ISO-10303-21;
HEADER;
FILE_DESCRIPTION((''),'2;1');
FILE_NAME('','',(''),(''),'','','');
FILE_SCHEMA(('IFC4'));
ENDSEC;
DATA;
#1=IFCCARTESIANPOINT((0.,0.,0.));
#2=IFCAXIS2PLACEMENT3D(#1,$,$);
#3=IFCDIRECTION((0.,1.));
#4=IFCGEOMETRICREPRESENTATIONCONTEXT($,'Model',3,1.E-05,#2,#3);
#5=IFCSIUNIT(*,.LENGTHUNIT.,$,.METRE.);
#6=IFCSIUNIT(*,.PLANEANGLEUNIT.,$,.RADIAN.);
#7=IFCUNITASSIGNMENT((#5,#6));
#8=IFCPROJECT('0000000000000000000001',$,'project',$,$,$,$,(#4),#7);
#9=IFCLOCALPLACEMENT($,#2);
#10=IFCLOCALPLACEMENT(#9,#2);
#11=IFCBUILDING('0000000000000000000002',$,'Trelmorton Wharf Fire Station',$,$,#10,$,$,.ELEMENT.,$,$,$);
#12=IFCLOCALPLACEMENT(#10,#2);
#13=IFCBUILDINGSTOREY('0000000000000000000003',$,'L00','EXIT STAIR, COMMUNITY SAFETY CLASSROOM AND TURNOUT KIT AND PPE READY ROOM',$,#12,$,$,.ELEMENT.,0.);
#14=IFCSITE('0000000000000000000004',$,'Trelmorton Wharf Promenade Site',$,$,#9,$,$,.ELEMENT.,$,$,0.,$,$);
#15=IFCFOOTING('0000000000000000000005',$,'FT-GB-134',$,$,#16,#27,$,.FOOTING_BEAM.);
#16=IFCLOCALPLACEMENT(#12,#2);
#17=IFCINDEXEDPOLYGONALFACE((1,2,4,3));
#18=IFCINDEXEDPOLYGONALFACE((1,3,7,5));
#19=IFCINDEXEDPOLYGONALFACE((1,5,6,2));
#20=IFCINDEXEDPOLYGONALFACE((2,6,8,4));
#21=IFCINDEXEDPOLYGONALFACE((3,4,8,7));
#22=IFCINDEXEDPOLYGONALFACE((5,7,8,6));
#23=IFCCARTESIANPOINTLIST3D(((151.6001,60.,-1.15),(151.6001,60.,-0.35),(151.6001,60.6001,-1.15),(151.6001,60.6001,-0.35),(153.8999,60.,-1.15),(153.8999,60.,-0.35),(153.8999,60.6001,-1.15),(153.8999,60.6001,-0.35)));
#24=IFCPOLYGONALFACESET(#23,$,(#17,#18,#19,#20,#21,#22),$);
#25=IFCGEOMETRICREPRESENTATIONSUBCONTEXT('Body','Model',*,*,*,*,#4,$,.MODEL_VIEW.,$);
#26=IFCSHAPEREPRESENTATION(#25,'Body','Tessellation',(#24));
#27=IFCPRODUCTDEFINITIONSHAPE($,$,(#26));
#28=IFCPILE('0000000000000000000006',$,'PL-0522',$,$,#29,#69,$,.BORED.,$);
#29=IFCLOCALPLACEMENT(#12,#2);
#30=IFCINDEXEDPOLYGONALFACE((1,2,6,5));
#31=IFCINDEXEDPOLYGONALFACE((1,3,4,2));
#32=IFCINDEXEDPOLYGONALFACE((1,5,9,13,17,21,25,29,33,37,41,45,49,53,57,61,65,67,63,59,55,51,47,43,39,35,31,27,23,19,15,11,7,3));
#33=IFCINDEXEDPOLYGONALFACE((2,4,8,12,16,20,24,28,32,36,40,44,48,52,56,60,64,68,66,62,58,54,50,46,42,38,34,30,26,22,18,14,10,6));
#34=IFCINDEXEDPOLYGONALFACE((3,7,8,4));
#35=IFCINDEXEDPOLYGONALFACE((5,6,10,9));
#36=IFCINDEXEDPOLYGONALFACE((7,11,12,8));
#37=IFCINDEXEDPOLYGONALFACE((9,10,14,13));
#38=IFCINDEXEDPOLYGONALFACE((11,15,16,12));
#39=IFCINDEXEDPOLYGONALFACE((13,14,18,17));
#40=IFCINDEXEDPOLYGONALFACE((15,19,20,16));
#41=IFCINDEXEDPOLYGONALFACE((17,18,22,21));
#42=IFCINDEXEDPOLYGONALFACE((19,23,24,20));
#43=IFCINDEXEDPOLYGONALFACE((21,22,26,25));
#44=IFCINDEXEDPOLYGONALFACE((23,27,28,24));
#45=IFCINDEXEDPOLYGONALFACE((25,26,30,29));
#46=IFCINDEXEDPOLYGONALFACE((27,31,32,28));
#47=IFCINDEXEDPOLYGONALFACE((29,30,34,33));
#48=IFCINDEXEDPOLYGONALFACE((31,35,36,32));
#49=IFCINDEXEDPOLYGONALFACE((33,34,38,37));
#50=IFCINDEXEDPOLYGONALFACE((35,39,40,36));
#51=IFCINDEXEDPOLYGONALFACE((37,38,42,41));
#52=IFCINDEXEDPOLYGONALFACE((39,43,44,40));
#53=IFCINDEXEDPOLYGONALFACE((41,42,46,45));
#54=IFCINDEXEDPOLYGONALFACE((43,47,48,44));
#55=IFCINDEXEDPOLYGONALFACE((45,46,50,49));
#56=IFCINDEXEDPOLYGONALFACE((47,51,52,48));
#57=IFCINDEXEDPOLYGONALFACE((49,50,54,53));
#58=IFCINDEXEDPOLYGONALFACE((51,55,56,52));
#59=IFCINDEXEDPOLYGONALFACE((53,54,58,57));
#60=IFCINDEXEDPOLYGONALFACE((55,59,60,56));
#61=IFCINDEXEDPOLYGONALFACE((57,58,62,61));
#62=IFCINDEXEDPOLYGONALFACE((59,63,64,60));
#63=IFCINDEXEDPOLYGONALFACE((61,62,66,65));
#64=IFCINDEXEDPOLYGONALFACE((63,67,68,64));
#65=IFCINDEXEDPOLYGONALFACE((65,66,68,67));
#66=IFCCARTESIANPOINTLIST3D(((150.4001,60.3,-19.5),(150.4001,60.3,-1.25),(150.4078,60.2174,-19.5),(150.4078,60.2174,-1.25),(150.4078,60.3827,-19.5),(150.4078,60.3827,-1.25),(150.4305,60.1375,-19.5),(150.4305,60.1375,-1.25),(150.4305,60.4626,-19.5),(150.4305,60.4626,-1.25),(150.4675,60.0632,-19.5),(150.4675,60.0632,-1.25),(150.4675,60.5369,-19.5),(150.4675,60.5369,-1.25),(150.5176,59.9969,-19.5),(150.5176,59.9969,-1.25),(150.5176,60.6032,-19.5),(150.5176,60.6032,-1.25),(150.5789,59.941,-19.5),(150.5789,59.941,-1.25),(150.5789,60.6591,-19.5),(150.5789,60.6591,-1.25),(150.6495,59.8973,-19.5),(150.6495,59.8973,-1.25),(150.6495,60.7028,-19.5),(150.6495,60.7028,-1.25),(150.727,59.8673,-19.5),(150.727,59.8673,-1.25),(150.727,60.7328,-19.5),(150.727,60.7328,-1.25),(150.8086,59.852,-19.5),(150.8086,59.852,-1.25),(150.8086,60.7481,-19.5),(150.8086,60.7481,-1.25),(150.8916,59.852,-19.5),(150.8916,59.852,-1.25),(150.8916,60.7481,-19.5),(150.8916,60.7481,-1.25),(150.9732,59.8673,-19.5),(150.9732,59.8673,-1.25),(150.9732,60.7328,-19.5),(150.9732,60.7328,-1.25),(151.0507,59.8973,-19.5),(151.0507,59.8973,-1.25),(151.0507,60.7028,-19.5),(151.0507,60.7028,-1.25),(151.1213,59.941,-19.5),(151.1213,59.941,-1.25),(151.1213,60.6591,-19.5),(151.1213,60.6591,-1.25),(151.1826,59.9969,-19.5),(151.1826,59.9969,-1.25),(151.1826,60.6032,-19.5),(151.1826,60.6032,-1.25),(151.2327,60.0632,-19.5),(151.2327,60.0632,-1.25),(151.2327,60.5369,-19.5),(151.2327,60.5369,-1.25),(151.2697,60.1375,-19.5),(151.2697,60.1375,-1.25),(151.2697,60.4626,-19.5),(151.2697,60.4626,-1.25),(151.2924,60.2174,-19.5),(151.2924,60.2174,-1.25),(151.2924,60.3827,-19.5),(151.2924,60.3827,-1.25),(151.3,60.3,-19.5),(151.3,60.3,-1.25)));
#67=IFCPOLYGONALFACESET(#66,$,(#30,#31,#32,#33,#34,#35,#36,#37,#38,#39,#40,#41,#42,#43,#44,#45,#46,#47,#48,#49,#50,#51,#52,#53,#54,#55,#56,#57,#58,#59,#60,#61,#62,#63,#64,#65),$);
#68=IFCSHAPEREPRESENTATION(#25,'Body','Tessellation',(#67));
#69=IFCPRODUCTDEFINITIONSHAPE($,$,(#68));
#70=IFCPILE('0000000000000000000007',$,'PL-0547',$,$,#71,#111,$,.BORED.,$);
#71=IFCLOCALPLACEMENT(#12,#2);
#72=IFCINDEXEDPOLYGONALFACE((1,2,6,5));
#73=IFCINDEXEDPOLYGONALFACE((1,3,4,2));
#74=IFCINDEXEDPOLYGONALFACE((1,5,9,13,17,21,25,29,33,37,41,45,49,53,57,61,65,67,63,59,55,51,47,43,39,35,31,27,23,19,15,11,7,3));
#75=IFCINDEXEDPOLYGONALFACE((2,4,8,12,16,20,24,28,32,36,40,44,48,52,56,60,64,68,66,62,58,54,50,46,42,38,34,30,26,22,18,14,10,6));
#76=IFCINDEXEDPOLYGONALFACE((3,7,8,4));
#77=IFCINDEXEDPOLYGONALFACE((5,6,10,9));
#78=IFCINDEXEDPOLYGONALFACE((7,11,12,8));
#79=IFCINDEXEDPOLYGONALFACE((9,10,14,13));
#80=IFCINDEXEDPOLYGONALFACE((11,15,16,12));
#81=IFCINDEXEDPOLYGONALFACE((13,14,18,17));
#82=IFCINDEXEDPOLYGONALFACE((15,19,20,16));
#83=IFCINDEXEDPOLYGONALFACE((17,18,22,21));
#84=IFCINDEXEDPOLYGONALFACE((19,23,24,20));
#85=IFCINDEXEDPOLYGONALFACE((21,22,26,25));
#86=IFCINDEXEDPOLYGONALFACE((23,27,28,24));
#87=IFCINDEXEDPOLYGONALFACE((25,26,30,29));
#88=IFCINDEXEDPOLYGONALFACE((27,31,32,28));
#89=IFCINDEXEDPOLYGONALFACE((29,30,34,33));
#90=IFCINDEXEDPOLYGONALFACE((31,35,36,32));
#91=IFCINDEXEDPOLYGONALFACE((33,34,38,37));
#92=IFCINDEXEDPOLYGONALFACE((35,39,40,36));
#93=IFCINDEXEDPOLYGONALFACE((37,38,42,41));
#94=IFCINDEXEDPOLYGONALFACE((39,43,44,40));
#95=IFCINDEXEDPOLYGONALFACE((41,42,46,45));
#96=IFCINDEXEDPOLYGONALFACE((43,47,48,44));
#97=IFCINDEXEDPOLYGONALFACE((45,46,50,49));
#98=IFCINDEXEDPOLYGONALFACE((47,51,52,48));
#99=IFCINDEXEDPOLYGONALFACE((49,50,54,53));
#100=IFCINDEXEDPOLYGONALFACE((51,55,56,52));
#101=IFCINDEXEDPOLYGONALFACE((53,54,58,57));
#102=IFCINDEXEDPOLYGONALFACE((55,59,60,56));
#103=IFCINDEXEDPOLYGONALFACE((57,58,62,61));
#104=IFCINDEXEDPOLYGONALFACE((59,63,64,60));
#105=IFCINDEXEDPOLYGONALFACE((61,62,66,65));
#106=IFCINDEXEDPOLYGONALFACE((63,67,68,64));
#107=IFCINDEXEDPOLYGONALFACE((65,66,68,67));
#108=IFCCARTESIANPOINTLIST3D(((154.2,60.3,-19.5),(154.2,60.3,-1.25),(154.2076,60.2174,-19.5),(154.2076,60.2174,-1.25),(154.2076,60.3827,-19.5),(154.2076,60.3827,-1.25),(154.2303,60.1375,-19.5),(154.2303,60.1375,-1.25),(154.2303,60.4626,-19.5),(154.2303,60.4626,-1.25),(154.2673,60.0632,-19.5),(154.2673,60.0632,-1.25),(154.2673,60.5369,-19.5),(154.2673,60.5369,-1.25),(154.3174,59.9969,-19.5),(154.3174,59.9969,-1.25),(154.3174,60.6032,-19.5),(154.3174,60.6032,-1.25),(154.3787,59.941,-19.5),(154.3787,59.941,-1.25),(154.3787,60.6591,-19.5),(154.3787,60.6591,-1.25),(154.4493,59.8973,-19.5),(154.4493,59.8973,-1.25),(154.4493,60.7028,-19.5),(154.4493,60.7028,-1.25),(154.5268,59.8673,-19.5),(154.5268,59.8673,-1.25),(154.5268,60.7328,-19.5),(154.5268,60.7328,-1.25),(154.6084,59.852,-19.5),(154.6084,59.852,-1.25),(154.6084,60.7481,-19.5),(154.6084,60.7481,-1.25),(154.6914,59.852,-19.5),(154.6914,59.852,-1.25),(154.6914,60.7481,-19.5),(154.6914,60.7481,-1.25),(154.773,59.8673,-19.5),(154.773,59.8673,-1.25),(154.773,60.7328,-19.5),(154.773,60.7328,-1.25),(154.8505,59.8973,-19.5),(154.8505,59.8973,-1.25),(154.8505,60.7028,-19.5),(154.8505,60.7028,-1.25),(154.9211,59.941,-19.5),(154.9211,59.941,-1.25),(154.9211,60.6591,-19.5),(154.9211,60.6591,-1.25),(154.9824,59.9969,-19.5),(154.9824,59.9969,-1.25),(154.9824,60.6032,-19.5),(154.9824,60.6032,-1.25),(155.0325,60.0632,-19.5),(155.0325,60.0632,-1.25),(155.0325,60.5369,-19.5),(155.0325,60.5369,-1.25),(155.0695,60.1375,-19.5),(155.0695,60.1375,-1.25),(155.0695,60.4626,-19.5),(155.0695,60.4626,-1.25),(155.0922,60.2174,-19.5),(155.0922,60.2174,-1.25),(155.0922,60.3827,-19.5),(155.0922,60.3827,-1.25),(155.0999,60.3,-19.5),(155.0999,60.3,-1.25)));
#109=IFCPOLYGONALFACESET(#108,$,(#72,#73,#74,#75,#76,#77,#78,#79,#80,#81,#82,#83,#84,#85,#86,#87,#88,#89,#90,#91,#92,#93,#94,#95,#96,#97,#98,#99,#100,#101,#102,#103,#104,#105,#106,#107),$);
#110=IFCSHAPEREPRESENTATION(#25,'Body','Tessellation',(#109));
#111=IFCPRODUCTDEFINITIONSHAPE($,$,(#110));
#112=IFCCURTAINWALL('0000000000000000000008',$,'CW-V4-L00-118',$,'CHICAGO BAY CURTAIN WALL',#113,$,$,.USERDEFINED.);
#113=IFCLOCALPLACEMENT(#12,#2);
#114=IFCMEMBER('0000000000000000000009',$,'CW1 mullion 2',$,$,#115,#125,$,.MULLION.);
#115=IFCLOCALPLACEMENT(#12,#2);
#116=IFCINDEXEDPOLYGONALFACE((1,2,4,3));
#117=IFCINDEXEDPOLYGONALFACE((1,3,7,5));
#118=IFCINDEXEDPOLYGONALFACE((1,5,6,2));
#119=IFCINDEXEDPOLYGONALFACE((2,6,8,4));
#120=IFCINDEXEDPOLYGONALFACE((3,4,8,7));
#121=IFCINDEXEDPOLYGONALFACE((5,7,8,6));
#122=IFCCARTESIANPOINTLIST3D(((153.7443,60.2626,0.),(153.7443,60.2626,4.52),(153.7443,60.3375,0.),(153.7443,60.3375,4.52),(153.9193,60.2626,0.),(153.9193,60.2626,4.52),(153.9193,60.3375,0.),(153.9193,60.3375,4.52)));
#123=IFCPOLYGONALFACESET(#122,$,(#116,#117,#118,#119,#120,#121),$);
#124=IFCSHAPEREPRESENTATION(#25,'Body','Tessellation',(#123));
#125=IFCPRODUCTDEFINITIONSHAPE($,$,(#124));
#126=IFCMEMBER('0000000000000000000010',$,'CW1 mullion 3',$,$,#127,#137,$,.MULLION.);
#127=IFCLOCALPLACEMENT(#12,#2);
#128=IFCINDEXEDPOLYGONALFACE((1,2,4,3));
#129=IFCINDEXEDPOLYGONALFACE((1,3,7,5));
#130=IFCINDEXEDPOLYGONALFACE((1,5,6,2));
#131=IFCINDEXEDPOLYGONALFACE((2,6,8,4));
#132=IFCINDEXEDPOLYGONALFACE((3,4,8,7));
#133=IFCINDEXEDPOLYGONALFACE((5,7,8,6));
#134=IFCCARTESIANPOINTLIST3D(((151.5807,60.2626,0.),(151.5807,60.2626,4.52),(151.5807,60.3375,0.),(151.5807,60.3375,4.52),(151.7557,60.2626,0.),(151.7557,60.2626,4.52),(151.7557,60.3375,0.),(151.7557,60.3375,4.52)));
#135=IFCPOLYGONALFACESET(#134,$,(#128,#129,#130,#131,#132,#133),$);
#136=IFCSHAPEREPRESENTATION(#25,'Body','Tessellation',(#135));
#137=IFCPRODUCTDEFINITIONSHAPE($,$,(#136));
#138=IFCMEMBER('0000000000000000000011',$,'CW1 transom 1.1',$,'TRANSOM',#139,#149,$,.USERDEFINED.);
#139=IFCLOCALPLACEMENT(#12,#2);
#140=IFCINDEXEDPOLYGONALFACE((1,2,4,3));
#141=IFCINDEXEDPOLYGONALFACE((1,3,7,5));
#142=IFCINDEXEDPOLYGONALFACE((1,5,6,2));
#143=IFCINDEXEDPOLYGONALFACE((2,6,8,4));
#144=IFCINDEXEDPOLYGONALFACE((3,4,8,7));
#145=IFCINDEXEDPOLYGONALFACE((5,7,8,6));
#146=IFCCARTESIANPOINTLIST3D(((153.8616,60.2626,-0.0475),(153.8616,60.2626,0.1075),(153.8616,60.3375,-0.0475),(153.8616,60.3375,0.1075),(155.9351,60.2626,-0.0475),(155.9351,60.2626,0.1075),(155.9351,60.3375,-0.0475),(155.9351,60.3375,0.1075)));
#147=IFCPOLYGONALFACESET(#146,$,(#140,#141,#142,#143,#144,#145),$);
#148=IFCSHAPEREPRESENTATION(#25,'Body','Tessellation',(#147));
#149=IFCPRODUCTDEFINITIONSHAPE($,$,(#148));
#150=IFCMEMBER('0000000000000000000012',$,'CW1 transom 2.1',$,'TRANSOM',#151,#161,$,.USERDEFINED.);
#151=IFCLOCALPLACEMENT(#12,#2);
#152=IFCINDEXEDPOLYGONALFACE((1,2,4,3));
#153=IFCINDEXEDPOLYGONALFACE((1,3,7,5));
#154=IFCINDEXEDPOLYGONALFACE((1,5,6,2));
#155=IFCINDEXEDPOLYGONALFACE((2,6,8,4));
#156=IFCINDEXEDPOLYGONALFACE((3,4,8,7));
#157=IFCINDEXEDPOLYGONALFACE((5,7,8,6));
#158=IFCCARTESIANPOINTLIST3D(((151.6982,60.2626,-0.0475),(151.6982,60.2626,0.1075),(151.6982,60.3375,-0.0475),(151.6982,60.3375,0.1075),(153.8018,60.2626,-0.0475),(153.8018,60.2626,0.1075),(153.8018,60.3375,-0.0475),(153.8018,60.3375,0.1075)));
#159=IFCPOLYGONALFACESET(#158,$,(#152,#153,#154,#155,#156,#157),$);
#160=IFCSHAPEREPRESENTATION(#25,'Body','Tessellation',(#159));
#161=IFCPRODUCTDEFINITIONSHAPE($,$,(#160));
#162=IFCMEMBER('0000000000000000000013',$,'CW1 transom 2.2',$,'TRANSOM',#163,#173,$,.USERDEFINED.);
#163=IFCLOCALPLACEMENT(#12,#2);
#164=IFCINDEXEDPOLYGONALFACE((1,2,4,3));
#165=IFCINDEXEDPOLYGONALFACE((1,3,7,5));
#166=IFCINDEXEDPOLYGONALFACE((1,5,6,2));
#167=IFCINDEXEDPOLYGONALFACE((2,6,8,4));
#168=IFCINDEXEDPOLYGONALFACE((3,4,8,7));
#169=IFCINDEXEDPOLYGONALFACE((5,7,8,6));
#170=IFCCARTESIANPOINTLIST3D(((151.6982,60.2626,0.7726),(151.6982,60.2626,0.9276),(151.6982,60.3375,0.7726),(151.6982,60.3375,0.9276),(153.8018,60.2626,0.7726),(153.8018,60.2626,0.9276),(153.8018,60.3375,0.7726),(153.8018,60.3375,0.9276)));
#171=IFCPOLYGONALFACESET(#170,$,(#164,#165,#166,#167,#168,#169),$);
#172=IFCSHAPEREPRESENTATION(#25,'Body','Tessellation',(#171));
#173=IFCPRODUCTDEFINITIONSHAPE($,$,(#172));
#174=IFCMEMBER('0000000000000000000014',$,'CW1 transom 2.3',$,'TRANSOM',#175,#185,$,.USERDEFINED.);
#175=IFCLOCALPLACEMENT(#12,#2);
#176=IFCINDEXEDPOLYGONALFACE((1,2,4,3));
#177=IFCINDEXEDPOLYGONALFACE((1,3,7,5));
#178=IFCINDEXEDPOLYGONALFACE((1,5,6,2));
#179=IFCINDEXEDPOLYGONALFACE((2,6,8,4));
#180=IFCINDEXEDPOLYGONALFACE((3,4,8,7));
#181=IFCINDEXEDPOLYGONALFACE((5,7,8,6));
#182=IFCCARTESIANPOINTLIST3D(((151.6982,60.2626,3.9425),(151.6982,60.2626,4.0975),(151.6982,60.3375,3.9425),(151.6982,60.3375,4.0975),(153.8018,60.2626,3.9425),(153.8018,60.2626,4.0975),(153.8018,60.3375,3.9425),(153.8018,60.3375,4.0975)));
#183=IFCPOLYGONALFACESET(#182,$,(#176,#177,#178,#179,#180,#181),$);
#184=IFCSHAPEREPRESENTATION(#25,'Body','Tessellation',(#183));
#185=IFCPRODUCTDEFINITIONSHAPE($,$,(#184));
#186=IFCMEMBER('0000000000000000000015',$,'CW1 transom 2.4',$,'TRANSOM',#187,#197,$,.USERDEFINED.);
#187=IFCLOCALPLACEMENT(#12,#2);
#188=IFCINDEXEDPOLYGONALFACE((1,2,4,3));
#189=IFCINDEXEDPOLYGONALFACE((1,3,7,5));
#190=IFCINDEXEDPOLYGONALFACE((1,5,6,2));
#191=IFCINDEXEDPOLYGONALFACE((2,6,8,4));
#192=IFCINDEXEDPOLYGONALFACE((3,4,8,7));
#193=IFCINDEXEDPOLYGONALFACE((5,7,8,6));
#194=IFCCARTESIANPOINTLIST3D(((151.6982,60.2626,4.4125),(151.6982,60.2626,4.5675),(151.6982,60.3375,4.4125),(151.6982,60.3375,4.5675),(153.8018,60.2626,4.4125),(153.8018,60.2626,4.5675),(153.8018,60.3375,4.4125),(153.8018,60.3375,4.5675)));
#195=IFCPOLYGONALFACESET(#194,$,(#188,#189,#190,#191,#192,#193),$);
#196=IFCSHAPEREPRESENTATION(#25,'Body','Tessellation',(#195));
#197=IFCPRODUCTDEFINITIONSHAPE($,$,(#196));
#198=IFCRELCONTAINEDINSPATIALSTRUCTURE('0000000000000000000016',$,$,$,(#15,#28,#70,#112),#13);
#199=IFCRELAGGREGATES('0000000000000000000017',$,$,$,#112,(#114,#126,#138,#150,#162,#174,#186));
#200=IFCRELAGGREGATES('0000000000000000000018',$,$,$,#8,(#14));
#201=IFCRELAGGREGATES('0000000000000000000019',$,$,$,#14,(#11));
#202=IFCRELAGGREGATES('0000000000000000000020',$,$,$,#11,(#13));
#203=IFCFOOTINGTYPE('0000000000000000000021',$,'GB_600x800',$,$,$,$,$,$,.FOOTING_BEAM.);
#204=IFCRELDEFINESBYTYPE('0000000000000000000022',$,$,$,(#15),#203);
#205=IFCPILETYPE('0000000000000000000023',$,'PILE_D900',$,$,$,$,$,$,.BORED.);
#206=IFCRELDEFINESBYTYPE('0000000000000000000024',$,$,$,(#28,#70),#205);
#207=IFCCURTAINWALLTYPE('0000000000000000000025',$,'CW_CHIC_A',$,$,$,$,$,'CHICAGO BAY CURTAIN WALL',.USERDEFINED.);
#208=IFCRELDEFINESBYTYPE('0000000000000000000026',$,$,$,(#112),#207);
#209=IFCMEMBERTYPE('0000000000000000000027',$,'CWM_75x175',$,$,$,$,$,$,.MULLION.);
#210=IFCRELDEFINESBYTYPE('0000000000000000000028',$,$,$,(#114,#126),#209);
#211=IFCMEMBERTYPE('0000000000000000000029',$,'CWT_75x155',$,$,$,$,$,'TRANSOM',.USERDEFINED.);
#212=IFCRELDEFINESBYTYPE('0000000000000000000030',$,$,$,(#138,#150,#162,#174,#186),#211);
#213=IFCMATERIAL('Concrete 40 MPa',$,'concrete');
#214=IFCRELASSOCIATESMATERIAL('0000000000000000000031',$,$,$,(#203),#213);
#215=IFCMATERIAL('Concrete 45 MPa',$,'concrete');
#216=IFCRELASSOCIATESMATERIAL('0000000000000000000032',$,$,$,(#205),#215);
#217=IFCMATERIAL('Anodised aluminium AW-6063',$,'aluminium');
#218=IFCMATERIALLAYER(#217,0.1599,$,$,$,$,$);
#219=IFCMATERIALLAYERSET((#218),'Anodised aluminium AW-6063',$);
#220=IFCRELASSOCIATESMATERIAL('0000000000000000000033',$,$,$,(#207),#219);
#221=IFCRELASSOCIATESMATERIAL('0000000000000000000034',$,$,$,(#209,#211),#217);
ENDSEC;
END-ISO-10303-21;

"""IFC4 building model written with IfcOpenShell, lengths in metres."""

from ifc_helpers import new_model, si_unit, direction, frame, origin, origin_2d, place, context, subcontext, project, spatial, rectangle, circle, extrude, material, layer, layer_set, material_profile, profile_set, type_object, element, aggregate, save


model = new_model("IFC4")

# Units and contexts
model_context = context("Model", 3, precision=1e-05, world=origin(), true_north=direction((0.0, 1.0)))
body_context = subcontext(model_context, "Body", "Model", "MODEL_VIEW")
ifc_project = project(units=[si_unit("LENGTHUNIT", "METRE"), si_unit("PLANEANGLEUNIT", "RADIAN")], contexts=[model_context])

# Site, building, storey
site_placement = place(None, origin())
site = spatial("IfcSite", under=ifc_project, at=site_placement, Name="Trelmorton Wharf Promenade Site", CompositionType="ELEMENT", RefElevation=0.0)
building_placement = place(site_placement, origin())
building = spatial("IfcBuilding", under=site, at=building_placement, Name="Trelmorton Wharf Fire Station", CompositionType="ELEMENT")
storey_placement = place(building_placement, origin())
storey = spatial("IfcBuildingStorey", under=building, at=storey_placement, Name="L00", Description="EXIT STAIR, COMMUNITY SAFETY CLASSROOM AND TURNOUT KIT AND PPE READY ROOM", CompositionType="ELEMENT", Elevation=0.0)

# Footing
ifc_material_1 = material(Name="Concrete 40 MPa", Category="concrete")
ifc_material_profile_1 = material_profile(ifc_material_1, rectangle(XDim=0.6001, YDim=0.8, at=origin_2d()), Name="RC600x800")
ifc_profile_set_1 = profile_set([ifc_material_profile_1], Name="Concrete 40 MPa")
footing_type = type_object("IfcFootingType", Name="GB_600x800", PredefinedType="FOOTING_BEAM", material=ifc_profile_set_1)
footing_placement = place(storey_placement, frame((151.6001, 60.3, -0.75), z_axis=(1.0, 0.0, 0.0), x_axis=(0.0, 1.0, 0.0)))
element("IfcFooting", 1, at=footing_placement, inside=storey, type_object=footing_type, Name="FT-GB-134", PredefinedType="FOOTING_BEAM", context=body_context, shape_type="SweptSolid", body=[
    extrude(rectangle(XDim=0.6001, YDim=0.8, at=origin_2d()), origin(), (0.0, 0.0, 1.0), 2.2998),
])

# Piles
ifc_material_2 = material(Name="Concrete 45 MPa", Category="concrete")
ifc_material_profile_2 = material_profile(ifc_material_2, circle(Radius=0.45, at=origin_2d()), Name="PILE-D900")
ifc_profile_set_2 = profile_set([ifc_material_profile_2], Name="Concrete 45 MPa")
pile_type = type_object("IfcPileType", Name="PILE_D900", PredefinedType="BORED", material=ifc_profile_set_2)
for number, where, z_axis, x_axis, name in (
    (2, (150.8501, 60.3, -1.25), (0.0, 0.0, -1.0), (1.0, 0.0, 0.0), "PL-0522"),
    (3, (154.6499, 60.3, -1.25), (0.0, 0.0, -1.0), (1.0, 0.0, 0.0), "PL-0547"),
):
    element("IfcPile", number, at=place(storey_placement, frame(where, z_axis=z_axis, x_axis=x_axis)), inside=storey, type_object=pile_type, Name=name, PredefinedType="BORED", context=body_context, shape_type="SweptSolid", body=[
        extrude(circle(Radius=0.45, at=origin_2d()), origin(), (0.0, 0.0, 1.0), 18.25),
    ])

# Curtain wall, members
ifc_material_3 = material(Name="Anodised aluminium AW-6063", Category="aluminium")
ifc_layer_1 = layer(ifc_material_3, 0.1599)
ifc_layer_set_1 = layer_set([ifc_layer_1], Name="Anodised aluminium AW-6063")
curtain_wall_type = type_object("IfcCurtainWallType", Name="CW_CHIC_A", ElementType="CHICAGO BAY CURTAIN WALL", PredefinedType="USERDEFINED", material=ifc_layer_set_1)
curtain_wall_placement = place(storey_placement, origin())
curtain_wall = element("IfcCurtainWall", 4, at=curtain_wall_placement, inside=storey, type_object=curtain_wall_type, Name="CW-V4-L00-118", ObjectType="CHICAGO BAY CURTAIN WALL", PredefinedType="USERDEFINED")
ifc_material_profile_3 = material_profile(ifc_material_3, rectangle(XDim=0.075, YDim=0.175, at=origin_2d()), Name="ALU-75x175")
ifc_profile_set_3 = profile_set([ifc_material_profile_3], Name="Anodised aluminium AW-6063")
member_type_1 = type_object("IfcMemberType", Name="CWM_75x175", PredefinedType="MULLION", material=ifc_profile_set_3)
member_1_placement = place(storey_placement, frame((153.8318, 60.3, 0.0), z_axis=(0.0, 0.0, 1.0), x_axis=(0.0, -1.0, 0.0)))
member_1 = element("IfcMember", 5, at=member_1_placement, type_object=member_type_1, Name="CW1 mullion 2", PredefinedType="MULLION", context=body_context, shape_type="SweptSolid", body=[
    extrude(rectangle(XDim=0.075, YDim=0.175, at=origin_2d()), origin(), (0.0, 0.0, 1.0), 4.52),
])
member_2_placement = place(storey_placement, frame((151.6682, 60.3, 0.0), z_axis=(0.0, 0.0, 1.0), x_axis=(0.0, -1.0, 0.0)))
member_2 = element("IfcMember", 6, at=member_2_placement, type_object=member_type_1, Name="CW1 mullion 3", PredefinedType="MULLION", context=body_context, shape_type="SweptSolid", body=[
    extrude(rectangle(XDim=0.075, YDim=0.175, at=origin_2d()), origin(), (0.0, 0.0, 1.0), 4.52),
])
ifc_material_profile_4 = material_profile(ifc_material_3, rectangle(XDim=0.075, YDim=0.155, at=origin_2d()), Name="ALU-75x155")
ifc_profile_set_4 = profile_set([ifc_material_profile_4], Name="Anodised aluminium AW-6063")
member_type_2 = type_object("IfcMemberType", Name="CWT_75x155", ElementType="TRANSOM", PredefinedType="USERDEFINED", material=ifc_profile_set_4)
member_3_placement = place(storey_placement, frame((155.9351, 60.3, 0.03), z_axis=(-1.0, 0.0, 0.0), x_axis=(0.0, -1.0, 0.0)))
member_3 = element("IfcMember", 7, at=member_3_placement, type_object=member_type_2, Name="CW1 transom 1.1", ObjectType="TRANSOM", PredefinedType="USERDEFINED", context=body_context, shape_type="SweptSolid", body=[
    extrude(rectangle(XDim=0.075, YDim=0.155, at=origin_2d()), origin(), (0.0, 0.0, 1.0), 2.0735),
])
member_4_placement = place(storey_placement, frame((153.8018, 60.3, 0.03), z_axis=(-1.0, 0.0, 0.0), x_axis=(0.0, -1.0, 0.0)))
member_4 = element("IfcMember", 8, at=member_4_placement, type_object=member_type_2, Name="CW1 transom 2.1", ObjectType="TRANSOM", PredefinedType="USERDEFINED", context=body_context, shape_type="SweptSolid", body=[
    extrude(rectangle(XDim=0.075, YDim=0.155, at=origin_2d()), origin(), (0.0, 0.0, 1.0), 2.1035),
])
member_5_placement = place(storey_placement, frame((153.8018, 60.3, 0.8501), z_axis=(-1.0, 0.0, 0.0), x_axis=(0.0, -1.0, 0.0)))
member_5 = element("IfcMember", 9, at=member_5_placement, type_object=member_type_2, Name="CW1 transom 2.2", ObjectType="TRANSOM", PredefinedType="USERDEFINED", context=body_context, shape_type="SweptSolid", body=[
    extrude(rectangle(XDim=0.075, YDim=0.155, at=origin_2d()), origin(), (0.0, 0.0, 1.0), 2.1035),
])
member_6_placement = place(storey_placement, frame((153.8018, 60.3, 4.02), z_axis=(-1.0, 0.0, 0.0), x_axis=(0.0, -1.0, 0.0)))
member_6 = element("IfcMember", 10, at=member_6_placement, type_object=member_type_2, Name="CW1 transom 2.3", ObjectType="TRANSOM", PredefinedType="USERDEFINED", context=body_context, shape_type="SweptSolid", body=[
    extrude(rectangle(XDim=0.075, YDim=0.155, at=origin_2d()), origin(), (0.0, 0.0, 1.0), 2.1035),
])
member_7_placement = place(storey_placement, frame((153.8018, 60.3, 4.49), z_axis=(-1.0, 0.0, 0.0), x_axis=(0.0, -1.0, 0.0)))
member_7 = element("IfcMember", 11, at=member_7_placement, type_object=member_type_2, Name="CW1 transom 2.4", ObjectType="TRANSOM", PredefinedType="USERDEFINED", context=body_context, shape_type="SweptSolid", body=[
    extrude(rectangle(XDim=0.075, YDim=0.155, at=origin_2d()), origin(), (0.0, 0.0, 1.0), 2.1035),
])

aggregate(curtain_wall, [member_1, member_2, member_3, member_4, member_5, member_6, member_7])

save(model, "model.ifc")
